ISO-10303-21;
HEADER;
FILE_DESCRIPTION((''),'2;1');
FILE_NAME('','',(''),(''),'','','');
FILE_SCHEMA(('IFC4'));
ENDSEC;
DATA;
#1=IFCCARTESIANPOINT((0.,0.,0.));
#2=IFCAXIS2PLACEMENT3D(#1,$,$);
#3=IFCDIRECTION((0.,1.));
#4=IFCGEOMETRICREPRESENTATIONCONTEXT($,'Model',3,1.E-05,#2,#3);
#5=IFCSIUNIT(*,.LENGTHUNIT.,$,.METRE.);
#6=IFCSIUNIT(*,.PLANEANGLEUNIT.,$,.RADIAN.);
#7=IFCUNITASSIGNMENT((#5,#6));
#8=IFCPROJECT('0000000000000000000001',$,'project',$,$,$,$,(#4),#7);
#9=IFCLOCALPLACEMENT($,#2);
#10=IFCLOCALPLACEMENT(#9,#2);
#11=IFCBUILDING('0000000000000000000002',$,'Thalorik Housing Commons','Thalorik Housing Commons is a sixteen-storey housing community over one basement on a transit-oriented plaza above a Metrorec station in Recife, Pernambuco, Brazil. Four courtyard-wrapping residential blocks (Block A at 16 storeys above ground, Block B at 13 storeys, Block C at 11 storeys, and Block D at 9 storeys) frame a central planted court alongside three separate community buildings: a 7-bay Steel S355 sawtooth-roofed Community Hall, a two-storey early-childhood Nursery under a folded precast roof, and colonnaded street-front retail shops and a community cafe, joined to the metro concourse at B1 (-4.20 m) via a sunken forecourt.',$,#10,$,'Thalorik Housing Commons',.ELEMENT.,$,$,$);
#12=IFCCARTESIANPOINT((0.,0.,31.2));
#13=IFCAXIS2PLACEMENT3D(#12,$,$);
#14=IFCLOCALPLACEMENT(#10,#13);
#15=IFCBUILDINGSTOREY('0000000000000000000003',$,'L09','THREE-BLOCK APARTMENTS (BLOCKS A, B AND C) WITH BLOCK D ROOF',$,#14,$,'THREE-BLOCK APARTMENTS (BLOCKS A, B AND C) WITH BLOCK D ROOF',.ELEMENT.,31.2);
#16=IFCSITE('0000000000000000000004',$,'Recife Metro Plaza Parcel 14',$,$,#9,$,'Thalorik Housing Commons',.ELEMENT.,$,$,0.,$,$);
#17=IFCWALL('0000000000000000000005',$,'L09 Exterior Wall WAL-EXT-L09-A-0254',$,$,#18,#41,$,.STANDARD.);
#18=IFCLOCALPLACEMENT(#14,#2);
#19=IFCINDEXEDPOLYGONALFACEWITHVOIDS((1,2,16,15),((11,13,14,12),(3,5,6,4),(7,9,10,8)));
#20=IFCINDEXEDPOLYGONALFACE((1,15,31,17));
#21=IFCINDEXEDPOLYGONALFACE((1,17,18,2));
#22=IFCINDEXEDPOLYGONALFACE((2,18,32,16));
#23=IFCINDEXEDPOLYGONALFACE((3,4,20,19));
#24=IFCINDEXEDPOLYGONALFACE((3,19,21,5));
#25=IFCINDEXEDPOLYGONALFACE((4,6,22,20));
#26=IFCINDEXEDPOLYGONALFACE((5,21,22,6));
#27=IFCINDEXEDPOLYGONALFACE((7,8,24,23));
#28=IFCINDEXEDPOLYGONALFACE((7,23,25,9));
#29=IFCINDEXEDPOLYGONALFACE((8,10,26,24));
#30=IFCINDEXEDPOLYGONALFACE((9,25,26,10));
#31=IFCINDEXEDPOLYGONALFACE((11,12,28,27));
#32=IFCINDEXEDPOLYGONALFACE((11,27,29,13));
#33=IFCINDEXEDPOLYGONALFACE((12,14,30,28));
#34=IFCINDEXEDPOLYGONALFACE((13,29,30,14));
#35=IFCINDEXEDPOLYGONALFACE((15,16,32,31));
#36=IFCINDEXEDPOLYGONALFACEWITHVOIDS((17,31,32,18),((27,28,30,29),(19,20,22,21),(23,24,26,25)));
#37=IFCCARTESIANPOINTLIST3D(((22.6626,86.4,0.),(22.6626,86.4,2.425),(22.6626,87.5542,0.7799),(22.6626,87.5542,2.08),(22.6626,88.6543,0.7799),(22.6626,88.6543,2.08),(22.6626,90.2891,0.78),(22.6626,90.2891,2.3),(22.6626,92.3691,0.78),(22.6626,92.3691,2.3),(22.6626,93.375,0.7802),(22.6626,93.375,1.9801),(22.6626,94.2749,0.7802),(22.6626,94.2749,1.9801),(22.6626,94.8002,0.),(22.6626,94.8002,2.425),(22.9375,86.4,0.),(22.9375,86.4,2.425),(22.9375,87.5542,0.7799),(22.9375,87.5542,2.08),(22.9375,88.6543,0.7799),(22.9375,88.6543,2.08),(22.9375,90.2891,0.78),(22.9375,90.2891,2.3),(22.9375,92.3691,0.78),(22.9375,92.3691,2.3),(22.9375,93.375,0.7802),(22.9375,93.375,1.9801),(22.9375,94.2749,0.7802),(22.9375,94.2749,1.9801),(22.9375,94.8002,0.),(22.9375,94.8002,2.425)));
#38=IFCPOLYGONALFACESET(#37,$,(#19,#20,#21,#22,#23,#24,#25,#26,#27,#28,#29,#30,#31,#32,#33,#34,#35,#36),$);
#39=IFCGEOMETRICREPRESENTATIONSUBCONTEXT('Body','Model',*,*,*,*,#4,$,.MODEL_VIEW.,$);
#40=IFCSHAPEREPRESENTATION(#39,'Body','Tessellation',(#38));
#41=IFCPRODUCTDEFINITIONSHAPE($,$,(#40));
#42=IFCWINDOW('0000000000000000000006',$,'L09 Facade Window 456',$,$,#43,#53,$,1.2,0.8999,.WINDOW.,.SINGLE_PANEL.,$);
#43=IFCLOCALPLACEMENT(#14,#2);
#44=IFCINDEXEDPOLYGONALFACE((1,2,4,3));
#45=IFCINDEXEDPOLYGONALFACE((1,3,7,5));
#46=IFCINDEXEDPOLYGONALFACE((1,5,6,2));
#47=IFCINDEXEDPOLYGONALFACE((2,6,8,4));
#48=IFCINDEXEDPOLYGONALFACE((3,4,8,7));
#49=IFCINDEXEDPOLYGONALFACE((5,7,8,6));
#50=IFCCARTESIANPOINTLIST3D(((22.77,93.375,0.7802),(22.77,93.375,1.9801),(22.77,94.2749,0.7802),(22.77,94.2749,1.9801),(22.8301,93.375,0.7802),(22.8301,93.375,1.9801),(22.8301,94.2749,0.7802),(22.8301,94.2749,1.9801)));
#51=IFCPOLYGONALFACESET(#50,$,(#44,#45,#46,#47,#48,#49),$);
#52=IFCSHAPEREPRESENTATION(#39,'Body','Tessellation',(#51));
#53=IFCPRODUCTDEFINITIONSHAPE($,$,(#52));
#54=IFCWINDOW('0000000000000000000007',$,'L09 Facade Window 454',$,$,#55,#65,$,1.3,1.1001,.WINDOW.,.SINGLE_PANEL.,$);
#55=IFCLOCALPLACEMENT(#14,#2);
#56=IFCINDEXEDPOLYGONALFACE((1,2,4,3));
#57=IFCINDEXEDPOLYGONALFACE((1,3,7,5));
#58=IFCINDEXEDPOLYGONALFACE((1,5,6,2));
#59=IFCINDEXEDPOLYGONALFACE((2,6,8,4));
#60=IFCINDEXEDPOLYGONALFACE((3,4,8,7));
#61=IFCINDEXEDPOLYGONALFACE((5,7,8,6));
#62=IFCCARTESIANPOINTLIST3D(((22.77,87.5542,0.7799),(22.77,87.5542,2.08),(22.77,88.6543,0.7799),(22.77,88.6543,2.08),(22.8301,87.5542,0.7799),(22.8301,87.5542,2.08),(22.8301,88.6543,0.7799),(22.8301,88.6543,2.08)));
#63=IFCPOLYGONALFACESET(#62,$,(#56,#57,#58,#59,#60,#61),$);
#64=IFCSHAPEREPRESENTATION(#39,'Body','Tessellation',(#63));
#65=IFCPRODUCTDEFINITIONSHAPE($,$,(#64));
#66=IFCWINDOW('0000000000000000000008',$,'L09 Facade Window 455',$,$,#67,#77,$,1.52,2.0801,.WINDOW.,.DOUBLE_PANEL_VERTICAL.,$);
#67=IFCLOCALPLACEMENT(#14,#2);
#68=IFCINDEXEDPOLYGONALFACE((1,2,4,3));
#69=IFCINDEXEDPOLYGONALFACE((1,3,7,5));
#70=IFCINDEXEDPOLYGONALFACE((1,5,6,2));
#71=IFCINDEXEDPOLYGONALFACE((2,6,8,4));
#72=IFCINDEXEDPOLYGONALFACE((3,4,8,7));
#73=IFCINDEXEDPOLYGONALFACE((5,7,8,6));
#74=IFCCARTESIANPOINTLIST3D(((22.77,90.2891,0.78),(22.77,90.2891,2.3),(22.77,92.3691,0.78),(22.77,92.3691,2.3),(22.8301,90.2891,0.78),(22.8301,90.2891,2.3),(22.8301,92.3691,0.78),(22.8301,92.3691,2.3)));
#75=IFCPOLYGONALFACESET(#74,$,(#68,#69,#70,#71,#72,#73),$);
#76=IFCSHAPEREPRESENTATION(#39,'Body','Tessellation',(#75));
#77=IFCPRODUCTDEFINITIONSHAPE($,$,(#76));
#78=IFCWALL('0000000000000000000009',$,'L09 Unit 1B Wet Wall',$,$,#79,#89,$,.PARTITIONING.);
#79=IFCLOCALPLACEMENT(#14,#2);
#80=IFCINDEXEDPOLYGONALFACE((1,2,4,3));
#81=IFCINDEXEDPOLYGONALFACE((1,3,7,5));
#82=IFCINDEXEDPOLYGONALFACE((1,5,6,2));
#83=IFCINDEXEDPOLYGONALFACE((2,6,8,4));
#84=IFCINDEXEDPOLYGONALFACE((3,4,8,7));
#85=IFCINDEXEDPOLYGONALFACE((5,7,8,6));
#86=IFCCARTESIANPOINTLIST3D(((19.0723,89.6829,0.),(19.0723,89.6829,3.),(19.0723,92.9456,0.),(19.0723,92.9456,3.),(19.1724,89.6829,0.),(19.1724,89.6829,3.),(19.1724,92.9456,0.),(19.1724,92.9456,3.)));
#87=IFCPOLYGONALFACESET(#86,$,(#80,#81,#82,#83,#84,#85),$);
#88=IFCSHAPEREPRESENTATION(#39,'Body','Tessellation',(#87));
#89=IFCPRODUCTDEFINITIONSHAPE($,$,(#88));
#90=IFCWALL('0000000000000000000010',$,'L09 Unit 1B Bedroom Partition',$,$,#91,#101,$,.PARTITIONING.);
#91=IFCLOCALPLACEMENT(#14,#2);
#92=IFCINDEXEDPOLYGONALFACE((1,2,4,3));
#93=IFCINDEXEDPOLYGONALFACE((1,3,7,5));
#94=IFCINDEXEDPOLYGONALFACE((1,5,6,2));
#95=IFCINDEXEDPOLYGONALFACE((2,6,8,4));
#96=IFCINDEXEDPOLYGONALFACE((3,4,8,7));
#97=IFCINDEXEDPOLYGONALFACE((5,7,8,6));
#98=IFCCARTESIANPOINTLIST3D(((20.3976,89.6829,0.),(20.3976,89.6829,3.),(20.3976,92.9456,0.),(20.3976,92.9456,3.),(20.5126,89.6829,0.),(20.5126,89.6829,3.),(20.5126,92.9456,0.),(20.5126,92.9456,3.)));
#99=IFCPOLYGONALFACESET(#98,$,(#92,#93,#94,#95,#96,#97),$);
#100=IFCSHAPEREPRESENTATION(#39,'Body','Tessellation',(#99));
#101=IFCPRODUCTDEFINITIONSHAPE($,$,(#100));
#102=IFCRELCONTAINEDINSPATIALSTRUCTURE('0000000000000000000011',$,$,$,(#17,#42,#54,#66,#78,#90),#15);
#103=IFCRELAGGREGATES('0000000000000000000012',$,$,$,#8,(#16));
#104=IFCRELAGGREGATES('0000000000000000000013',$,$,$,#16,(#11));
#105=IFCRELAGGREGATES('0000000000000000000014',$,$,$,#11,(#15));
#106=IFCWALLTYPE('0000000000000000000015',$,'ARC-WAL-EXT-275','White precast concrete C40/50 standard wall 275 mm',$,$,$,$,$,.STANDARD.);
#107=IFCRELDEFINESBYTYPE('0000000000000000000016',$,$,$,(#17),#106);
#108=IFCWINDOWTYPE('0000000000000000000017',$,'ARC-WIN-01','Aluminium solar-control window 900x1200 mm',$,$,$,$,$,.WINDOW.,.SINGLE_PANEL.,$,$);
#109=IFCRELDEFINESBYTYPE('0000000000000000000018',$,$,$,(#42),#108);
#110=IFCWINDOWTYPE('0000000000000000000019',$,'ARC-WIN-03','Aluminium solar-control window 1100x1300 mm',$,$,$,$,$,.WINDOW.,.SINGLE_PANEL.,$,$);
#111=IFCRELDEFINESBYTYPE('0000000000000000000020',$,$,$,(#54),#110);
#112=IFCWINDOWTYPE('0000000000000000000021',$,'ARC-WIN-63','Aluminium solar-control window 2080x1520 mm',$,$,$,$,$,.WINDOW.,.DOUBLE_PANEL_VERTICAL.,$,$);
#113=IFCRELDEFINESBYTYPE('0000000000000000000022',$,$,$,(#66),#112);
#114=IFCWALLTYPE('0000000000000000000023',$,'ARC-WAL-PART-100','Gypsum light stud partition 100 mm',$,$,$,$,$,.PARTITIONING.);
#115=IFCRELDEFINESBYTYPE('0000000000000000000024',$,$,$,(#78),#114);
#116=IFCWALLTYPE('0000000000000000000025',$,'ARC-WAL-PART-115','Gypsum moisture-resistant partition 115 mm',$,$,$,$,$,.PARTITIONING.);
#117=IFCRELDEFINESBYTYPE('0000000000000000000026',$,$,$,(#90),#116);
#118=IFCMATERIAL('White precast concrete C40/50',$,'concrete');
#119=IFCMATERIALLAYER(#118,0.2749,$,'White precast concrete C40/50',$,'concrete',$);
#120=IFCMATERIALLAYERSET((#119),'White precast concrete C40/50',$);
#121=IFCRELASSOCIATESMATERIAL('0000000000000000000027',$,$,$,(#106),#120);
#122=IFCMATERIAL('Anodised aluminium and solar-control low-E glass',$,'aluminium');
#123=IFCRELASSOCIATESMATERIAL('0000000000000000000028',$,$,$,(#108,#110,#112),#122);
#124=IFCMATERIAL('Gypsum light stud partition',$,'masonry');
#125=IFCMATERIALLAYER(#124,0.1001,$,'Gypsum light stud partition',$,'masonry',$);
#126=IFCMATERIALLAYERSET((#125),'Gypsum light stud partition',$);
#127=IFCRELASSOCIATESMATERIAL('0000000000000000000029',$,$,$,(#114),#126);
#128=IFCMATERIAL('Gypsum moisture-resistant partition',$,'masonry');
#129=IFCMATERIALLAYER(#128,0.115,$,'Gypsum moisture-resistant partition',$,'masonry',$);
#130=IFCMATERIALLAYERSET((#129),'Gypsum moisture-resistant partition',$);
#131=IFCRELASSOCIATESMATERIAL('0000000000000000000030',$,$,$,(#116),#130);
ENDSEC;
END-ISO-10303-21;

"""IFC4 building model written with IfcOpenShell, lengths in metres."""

from ifc_helpers import new_model, si_unit, direction, frame, frame_2d, origin, place, context, subcontext, project, spatial, rectangle, extrude, material, layer, layer_set, type_object, element, fill, save


model = new_model("IFC4")

# Units and contexts
model_context = context("Model", 3, precision=1e-05, world=origin(), true_north=direction((0.0, 1.0)))
body_context = subcontext(model_context, "Body", "Model", "MODEL_VIEW")
ifc_project = project(units=[si_unit("LENGTHUNIT", "METRE"), si_unit("PLANEANGLEUNIT", "RADIAN")], contexts=[model_context])

# Site, building, storey
site_placement = place(None, origin())
site = spatial("IfcSite", under=ifc_project, at=site_placement, Name="Recife Metro Plaza Parcel 14", LongName="Thalorik Housing Commons", CompositionType="ELEMENT", RefElevation=0.0)
building_placement = place(site_placement, origin())
building = spatial("IfcBuilding", under=site, at=building_placement, Name="Thalorik Housing Commons", Description="Thalorik Housing Commons is a sixteen-storey housing community over one basement on a transit-oriented plaza above a Metrorec station in Recife, Pernambuco, Brazil. Four courtyard-wrapping residential blocks (Block A at 16 storeys above ground, Block B at 13 storeys, Block C at 11 storeys, and Block D at 9 storeys) frame a central planted court alongside three separate community buildings: a 7-bay Steel S355 sawtooth-roofed Community Hall, a two-storey early-childhood Nursery under a folded precast roof, and colonnaded street-front retail shops and a community cafe, joined to the metro concourse at B1 (-4.20 m) via a sunken forecourt.", LongName="Thalorik Housing Commons", CompositionType="ELEMENT")
storey_placement = place(building_placement, frame((0.0, 0.0, 31.2)))
storey = spatial("IfcBuildingStorey", under=building, at=storey_placement, Name="L09", Description="THREE-BLOCK APARTMENTS (BLOCKS A, B AND C) WITH BLOCK D ROOF", LongName="THREE-BLOCK APARTMENTS (BLOCKS A, B AND C) WITH BLOCK D ROOF", CompositionType="ELEMENT", Elevation=31.2)

# Shared definitions
ifc_material_1 = material(Name="Anodised aluminium and solar-control low-E glass", Category="aluminium")

# Shared definitions
ifc_material_2 = material(Name="White precast concrete C40/50", Category="concrete")
ifc_layer_1 = layer(ifc_material_2, 0.2749, Name="White precast concrete C40/50", Category="concrete")
ifc_layer_set_1 = layer_set([ifc_layer_1], Name="White precast concrete C40/50")
wall_type_1 = type_object("IfcWallType", Name="ARC-WAL-EXT-275", Description="White precast concrete C40/50 standard wall 275 mm", PredefinedType="STANDARD", material=ifc_layer_set_1)

# Wall, openings, windows
wall_1_placement = place(storey_placement, frame((22.8, 86.3999, 0.0), z_axis=(0.0, 0.0, 1.0), x_axis=(0.0, 1.0, 0.0)))
wall_1 = element("IfcWall", 1, at=wall_1_placement, inside=storey, type_object=wall_type_1, Name="L09 Exterior Wall WAL-EXT-L09-A-0254", PredefinedType="STANDARD", context=body_context, shape_type="SweptSolid", body=[
    extrude(rectangle(XDim=8.4001, YDim=0.2749, at=frame_2d((4.2002, 0.0))), origin(), (0.0, 0.0, 1.0), 2.425),
])
opening_1_placement = place(wall_1_placement, frame((1.1543, 0.0, 0.78)))
opening_1 = element("IfcOpeningElement", 2, at=opening_1_placement, cuts=wall_1, PredefinedType="OPENING", context=body_context, shape_type="SweptSolid", body=[
    extrude(rectangle(XDim=1.1001, YDim=1.3, at=frame_2d((0.55, 0.6499))), frame((0.0, 0.1475, 0.0), z_axis=(0.0, -1.0, 0.0), x_axis=(1.0, 0.0, 0.0)), (0.0, 0.0, 1.0), 0.2949),
])
opening_2_placement = place(wall_1_placement, frame((3.8892, 0.0, 0.78)))
opening_2 = element("IfcOpeningElement", 3, at=opening_2_placement, cuts=wall_1, PredefinedType="OPENING", context=body_context, shape_type="SweptSolid", body=[
    extrude(rectangle(XDim=2.0801, YDim=1.52, at=frame_2d((1.04, 0.76))), frame((0.0, 0.1475, 0.0), z_axis=(0.0, -1.0, 0.0), x_axis=(1.0, 0.0, 0.0)), (0.0, 0.0, 1.0), 0.2949),
])
opening_3_placement = place(wall_1_placement, frame((6.9751, 0.0, 0.78)))
opening_3 = element("IfcOpeningElement", 4, at=opening_3_placement, cuts=wall_1, PredefinedType="OPENING", context=body_context, shape_type="SweptSolid", body=[
    extrude(rectangle(XDim=0.8999, YDim=1.2, at=frame_2d((0.45, 0.6001))), frame((0.0, 0.1475, 0.0), z_axis=(0.0, -1.0, 0.0), x_axis=(1.0, 0.0, 0.0)), (0.0, 0.0, 1.0), 0.2949),
])
window_type_1 = type_object("IfcWindowType", Name="ARC-WIN-01", Description="Aluminium solar-control window 900x1200 mm", PartitioningType="SINGLE_PANEL", PredefinedType="WINDOW", material=ifc_material_1)
window_1_placement = place(opening_3_placement, origin())
window_1 = element("IfcWindow", 5, at=window_1_placement, inside=storey, type_object=window_type_1, Name="L09 Facade Window 456", OverallHeight=1.2, OverallWidth=0.8999, PartitioningType="SINGLE_PANEL", PredefinedType="WINDOW", context=body_context, shape_type="SweptSolid", body=[
    extrude(rectangle(XDim=0.8999, YDim=1.2, at=frame_2d((0.45, 0.6001))), frame((0.0, 0.03, 0.0), z_axis=(0.0, -1.0, 0.0), x_axis=(1.0, 0.0, 0.0)), (0.0, 0.0, 1.0), 0.0601),
])
fill(opening_3, window_1)
window_type_2 = type_object("IfcWindowType", Name="ARC-WIN-03", Description="Aluminium solar-control window 1100x1300 mm", PartitioningType="SINGLE_PANEL", PredefinedType="WINDOW", material=ifc_material_1)
window_2_placement = place(opening_1_placement, origin())
window_2 = element("IfcWindow", 6, at=window_2_placement, inside=storey, type_object=window_type_2, Name="L09 Facade Window 454", OverallHeight=1.3, OverallWidth=1.1001, PartitioningType="SINGLE_PANEL", PredefinedType="WINDOW", context=body_context, shape_type="SweptSolid", body=[
    extrude(rectangle(XDim=1.1001, YDim=1.3, at=frame_2d((0.55, 0.6499))), frame((0.0, 0.03, 0.0), z_axis=(0.0, -1.0, 0.0), x_axis=(1.0, 0.0, 0.0)), (0.0, 0.0, 1.0), 0.0601),
])
fill(opening_1, window_2)
window_type_3 = type_object("IfcWindowType", Name="ARC-WIN-63", Description="Aluminium solar-control window 2080x1520 mm", PartitioningType="DOUBLE_PANEL_VERTICAL", PredefinedType="WINDOW", material=ifc_material_1)
window_3_placement = place(opening_2_placement, origin())
window_3 = element("IfcWindow", 7, at=window_3_placement, inside=storey, type_object=window_type_3, Name="L09 Facade Window 455", OverallHeight=1.52, OverallWidth=2.0801, PartitioningType="DOUBLE_PANEL_VERTICAL", PredefinedType="WINDOW", context=body_context, shape_type="SweptSolid", body=[
    extrude(rectangle(XDim=2.0801, YDim=1.52, at=frame_2d((1.04, 0.76))), frame((0.0, 0.03, 0.0), z_axis=(0.0, -1.0, 0.0), x_axis=(1.0, 0.0, 0.0)), (0.0, 0.0, 1.0), 0.0601),
])
fill(opening_2, window_3)

# Walls
ifc_material_3 = material(Name="Gypsum light stud partition", Category="masonry")
ifc_layer_2 = layer(ifc_material_3, 0.1001, Name="Gypsum light stud partition", Category="masonry")
ifc_layer_set_2 = layer_set([ifc_layer_2], Name="Gypsum light stud partition")
wall_type_2 = type_object("IfcWallType", Name="ARC-WAL-PART-100", Description="Gypsum light stud partition 100 mm", PredefinedType="PARTITIONING", material=ifc_layer_set_2)
wall_2_placement = place(storey_placement, frame((19.1223, 89.6829, 0.0), z_axis=(0.0, 0.0, 1.0), x_axis=(0.0, 1.0, 0.0)))
element("IfcWall", 8, at=wall_2_placement, inside=storey, type_object=wall_type_2, Name="L09 Unit 1B Wet Wall", PredefinedType="PARTITIONING", context=body_context, shape_type="SweptSolid", body=[
    extrude(rectangle(XDim=3.2627, YDim=0.1001, at=frame_2d((1.6313, 0.0))), origin(), (0.0, 0.0, 1.0), 3.0),
])
ifc_material_4 = material(Name="Gypsum moisture-resistant partition", Category="masonry")
ifc_layer_3 = layer(ifc_material_4, 0.115, Name="Gypsum moisture-resistant partition", Category="masonry")
ifc_layer_set_3 = layer_set([ifc_layer_3], Name="Gypsum moisture-resistant partition")
wall_type_3 = type_object("IfcWallType", Name="ARC-WAL-PART-115", Description="Gypsum moisture-resistant partition 115 mm", PredefinedType="PARTITIONING", material=ifc_layer_set_3)
wall_3_placement = place(storey_placement, frame((20.4551, 89.6829, 0.0), z_axis=(0.0, 0.0, 1.0), x_axis=(0.0, 1.0, 0.0)))
element("IfcWall", 9, at=wall_3_placement, inside=storey, type_object=wall_type_3, Name="L09 Unit 1B Bedroom Partition", PredefinedType="PARTITIONING", context=body_context, shape_type="SweptSolid", body=[
    extrude(rectangle(XDim=3.2627, YDim=0.115, at=frame_2d((1.6313, 0.0))), origin(), (0.0, 0.0, 1.0), 3.0),
])

save(model, "model.ifc")
